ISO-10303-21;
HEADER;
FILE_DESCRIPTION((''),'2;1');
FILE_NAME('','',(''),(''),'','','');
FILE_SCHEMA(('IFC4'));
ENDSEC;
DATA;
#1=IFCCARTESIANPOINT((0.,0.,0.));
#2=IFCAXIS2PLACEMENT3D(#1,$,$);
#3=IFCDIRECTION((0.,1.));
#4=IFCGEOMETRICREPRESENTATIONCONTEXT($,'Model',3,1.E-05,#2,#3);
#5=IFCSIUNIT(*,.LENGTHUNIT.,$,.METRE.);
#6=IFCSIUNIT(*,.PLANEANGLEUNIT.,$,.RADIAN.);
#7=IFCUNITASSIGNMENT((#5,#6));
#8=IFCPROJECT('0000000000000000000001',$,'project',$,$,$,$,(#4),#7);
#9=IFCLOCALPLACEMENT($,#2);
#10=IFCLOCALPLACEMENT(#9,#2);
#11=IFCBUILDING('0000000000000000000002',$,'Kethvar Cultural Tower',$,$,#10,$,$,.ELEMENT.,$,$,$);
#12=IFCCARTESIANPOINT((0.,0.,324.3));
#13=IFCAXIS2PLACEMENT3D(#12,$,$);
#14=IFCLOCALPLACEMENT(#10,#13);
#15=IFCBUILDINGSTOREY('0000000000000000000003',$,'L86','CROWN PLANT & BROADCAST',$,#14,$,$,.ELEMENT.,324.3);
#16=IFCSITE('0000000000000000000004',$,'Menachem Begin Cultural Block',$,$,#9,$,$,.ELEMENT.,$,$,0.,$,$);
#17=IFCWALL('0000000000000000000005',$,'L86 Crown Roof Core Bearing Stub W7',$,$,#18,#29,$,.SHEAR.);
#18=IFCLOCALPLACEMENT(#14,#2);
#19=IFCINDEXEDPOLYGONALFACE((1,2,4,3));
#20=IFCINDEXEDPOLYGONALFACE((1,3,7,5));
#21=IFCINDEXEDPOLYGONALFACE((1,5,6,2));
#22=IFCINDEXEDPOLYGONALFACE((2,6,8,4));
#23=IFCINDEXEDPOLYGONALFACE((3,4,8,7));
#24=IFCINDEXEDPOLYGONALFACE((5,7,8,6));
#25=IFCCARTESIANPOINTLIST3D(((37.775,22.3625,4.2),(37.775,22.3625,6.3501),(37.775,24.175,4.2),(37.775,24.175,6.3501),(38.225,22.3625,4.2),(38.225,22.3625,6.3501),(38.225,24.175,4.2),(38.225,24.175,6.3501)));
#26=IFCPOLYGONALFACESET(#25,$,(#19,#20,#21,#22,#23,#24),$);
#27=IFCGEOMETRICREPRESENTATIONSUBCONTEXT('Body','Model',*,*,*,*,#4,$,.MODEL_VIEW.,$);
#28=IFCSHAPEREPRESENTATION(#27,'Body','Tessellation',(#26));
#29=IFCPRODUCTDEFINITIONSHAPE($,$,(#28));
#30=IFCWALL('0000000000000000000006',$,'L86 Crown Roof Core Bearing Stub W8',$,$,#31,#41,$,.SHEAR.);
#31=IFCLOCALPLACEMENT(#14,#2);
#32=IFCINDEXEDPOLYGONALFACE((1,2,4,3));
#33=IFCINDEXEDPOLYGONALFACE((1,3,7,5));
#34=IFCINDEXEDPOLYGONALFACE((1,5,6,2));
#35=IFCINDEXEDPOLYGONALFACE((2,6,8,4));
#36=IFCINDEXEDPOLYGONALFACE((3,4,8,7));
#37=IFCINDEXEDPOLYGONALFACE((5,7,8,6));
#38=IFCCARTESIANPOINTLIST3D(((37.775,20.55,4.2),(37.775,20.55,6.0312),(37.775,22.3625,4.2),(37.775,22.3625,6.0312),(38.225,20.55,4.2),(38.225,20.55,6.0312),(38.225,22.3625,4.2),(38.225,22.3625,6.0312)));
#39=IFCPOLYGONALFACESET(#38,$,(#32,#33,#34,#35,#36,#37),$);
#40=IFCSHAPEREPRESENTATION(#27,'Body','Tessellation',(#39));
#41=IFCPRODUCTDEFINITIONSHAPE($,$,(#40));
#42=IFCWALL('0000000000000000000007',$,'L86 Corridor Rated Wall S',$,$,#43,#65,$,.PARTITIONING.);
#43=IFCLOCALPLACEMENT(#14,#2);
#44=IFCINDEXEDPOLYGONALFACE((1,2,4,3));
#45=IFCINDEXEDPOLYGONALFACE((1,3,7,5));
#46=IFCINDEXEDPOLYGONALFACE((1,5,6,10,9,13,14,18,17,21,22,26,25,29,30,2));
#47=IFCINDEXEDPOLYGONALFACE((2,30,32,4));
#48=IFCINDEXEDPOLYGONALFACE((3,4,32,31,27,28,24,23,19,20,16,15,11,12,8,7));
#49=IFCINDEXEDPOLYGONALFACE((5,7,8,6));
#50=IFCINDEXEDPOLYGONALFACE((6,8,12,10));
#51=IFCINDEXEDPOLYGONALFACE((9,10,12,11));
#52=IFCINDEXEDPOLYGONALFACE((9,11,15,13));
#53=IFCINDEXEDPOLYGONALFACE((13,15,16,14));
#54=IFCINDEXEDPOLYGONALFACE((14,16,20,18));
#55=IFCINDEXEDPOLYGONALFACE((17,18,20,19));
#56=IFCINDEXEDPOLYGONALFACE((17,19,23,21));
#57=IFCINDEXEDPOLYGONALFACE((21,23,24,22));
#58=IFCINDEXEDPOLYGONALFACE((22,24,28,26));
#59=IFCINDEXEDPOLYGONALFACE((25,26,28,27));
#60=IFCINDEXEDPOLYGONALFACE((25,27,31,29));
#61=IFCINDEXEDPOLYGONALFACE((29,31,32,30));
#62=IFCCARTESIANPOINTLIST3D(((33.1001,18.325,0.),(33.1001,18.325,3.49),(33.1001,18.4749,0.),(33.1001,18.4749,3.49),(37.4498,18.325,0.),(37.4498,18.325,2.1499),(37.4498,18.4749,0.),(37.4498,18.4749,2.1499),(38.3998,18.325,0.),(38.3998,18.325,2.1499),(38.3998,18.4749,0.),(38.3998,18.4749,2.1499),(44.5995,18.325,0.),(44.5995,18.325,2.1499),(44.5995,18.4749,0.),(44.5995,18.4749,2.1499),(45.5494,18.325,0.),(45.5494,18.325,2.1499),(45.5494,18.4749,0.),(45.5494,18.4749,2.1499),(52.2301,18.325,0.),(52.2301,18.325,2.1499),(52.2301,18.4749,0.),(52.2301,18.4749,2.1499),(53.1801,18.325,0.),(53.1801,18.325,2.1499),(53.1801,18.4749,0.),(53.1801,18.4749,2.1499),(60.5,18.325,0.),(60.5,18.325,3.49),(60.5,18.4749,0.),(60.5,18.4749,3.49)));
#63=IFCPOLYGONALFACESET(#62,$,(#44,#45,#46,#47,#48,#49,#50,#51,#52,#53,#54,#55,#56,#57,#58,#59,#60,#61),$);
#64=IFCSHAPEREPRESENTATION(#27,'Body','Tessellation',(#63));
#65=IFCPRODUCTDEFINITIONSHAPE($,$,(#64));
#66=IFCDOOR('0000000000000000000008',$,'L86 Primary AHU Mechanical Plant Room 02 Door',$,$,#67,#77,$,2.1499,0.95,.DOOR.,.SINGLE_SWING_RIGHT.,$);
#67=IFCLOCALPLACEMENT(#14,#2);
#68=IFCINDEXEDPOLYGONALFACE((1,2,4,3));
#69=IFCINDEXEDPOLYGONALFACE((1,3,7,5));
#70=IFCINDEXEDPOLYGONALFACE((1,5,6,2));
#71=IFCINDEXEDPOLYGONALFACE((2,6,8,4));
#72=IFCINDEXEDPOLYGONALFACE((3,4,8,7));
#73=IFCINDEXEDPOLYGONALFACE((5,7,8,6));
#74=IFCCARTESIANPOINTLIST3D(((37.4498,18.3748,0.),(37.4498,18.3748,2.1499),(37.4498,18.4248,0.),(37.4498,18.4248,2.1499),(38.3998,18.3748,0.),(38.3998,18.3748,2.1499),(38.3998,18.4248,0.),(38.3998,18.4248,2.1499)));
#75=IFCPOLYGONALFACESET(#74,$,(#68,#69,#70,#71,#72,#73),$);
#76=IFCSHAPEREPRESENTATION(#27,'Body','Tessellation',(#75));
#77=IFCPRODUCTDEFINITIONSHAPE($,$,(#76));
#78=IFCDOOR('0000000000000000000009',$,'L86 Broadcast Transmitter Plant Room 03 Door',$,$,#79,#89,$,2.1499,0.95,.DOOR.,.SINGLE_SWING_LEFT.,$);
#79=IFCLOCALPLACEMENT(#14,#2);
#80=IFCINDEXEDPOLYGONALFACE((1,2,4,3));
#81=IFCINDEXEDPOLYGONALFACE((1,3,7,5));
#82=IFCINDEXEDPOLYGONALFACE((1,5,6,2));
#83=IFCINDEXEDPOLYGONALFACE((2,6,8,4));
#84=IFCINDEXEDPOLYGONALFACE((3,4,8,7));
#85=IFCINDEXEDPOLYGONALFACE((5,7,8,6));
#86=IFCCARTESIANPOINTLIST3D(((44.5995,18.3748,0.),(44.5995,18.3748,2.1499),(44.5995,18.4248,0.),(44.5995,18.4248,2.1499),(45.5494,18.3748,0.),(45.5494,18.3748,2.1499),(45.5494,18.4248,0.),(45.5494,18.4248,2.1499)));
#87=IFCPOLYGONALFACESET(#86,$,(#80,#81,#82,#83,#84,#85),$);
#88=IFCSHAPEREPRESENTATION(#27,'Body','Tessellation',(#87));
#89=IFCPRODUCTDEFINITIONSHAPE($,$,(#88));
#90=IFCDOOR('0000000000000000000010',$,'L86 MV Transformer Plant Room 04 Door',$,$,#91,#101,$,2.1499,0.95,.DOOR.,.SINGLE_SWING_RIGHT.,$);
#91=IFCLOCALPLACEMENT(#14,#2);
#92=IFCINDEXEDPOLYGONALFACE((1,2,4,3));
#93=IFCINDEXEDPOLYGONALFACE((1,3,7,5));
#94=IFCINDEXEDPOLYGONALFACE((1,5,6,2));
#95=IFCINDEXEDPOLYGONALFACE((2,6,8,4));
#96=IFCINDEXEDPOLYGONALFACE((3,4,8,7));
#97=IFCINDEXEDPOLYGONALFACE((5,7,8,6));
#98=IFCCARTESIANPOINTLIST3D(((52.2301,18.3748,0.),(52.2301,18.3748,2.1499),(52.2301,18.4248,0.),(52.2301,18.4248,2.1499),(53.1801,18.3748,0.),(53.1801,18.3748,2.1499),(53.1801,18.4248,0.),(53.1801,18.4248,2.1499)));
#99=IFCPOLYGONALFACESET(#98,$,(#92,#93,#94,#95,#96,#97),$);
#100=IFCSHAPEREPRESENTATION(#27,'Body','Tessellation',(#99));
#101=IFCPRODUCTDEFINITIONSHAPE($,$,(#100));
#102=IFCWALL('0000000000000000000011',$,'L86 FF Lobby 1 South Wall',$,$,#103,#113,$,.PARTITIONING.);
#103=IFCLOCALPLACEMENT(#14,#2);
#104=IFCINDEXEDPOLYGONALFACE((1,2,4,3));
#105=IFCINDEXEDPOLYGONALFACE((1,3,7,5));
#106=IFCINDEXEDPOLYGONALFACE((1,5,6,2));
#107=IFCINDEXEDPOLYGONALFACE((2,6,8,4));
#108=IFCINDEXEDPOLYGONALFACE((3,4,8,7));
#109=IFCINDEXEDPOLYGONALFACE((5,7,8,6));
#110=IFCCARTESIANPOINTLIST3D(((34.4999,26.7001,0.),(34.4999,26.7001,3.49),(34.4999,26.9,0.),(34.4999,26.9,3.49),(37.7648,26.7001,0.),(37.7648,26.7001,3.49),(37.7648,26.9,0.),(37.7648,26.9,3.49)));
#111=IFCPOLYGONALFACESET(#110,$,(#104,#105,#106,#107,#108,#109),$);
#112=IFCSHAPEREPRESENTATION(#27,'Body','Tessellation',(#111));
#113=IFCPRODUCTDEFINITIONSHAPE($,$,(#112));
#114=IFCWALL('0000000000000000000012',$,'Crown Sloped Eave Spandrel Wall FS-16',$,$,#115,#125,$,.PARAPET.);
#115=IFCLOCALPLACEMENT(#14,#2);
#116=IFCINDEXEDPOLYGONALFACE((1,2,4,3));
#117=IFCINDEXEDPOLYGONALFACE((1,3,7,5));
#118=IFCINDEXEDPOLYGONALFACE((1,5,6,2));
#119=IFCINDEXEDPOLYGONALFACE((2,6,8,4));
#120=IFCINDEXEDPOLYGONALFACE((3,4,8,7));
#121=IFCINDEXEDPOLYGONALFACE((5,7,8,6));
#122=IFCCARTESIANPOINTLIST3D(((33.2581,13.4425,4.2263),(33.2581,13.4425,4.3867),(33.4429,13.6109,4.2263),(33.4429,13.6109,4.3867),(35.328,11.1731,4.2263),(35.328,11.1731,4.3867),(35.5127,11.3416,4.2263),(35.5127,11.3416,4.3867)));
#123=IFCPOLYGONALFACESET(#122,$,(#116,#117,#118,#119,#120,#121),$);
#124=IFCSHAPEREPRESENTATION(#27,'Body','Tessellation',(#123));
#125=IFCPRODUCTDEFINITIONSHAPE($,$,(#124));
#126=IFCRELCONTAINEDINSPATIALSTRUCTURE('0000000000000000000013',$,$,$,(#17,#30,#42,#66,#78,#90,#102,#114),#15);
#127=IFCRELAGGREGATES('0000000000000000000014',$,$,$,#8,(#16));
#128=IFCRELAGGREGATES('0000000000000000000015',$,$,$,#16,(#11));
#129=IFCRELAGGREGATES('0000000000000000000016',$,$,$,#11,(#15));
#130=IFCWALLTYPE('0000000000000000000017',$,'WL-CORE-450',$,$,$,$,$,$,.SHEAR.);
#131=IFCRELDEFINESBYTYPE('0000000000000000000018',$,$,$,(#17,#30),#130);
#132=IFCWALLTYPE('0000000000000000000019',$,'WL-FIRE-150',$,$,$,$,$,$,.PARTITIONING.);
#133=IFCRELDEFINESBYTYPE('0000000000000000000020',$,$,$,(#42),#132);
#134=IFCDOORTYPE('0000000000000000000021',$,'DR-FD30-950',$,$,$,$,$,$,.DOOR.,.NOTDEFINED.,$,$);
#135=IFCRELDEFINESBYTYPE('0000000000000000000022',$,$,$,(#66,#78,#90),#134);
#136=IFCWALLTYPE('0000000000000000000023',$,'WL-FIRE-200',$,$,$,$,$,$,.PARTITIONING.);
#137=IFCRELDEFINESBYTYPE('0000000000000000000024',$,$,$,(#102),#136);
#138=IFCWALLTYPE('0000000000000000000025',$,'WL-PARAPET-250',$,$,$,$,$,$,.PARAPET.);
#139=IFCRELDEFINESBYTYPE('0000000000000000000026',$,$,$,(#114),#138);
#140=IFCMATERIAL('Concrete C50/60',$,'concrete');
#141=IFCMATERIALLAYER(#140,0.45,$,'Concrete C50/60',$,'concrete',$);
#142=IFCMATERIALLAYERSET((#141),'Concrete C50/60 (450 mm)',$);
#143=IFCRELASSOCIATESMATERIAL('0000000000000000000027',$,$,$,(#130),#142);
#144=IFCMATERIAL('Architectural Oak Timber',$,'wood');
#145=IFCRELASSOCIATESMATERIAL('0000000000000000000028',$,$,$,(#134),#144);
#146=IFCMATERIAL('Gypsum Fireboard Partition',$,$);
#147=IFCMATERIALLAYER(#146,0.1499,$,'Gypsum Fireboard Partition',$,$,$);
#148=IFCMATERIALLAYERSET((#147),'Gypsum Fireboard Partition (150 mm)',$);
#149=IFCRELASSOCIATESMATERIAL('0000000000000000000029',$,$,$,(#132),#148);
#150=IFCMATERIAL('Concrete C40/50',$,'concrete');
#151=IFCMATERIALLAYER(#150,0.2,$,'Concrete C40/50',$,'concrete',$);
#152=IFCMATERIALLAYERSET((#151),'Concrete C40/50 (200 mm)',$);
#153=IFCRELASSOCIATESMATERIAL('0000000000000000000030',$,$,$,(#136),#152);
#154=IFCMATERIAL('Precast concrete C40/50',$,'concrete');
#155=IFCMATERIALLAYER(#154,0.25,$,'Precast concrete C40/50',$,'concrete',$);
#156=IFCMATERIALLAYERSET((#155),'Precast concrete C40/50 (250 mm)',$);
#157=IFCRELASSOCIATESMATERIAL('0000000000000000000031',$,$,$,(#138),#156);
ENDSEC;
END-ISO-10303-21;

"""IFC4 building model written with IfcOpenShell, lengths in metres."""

from ifc_helpers import new_model, si_unit, direction, frame, frame_2d, origin, place, context, subcontext, project, spatial, rectangle, extrude, source, transform, mapped, material, layer, layer_set, type_object, element, fill, save


model = new_model("IFC4")

# Units and contexts
model_context = context("Model", 3, precision=1e-05, world=origin(), true_north=direction((0.0, 1.0)))
body_context = subcontext(model_context, "Body", "Model", "MODEL_VIEW")
ifc_project = project(units=[si_unit("LENGTHUNIT", "METRE"), si_unit("PLANEANGLEUNIT", "RADIAN")], contexts=[model_context])

# Site, building, storey
site_placement = place(None, origin())
site = spatial("IfcSite", under=ifc_project, at=site_placement, Name="Menachem Begin Cultural Block", CompositionType="ELEMENT", RefElevation=0.0)
building_placement = place(site_placement, origin())
building = spatial("IfcBuilding", under=site, at=building_placement, Name="Kethvar Cultural Tower", CompositionType="ELEMENT")
storey_placement = place(building_placement, frame((0.0, 0.0, 324.3)))
storey = spatial("IfcBuildingStorey", under=building, at=storey_placement, Name="L86", Description="CROWN PLANT & BROADCAST", CompositionType="ELEMENT", Elevation=324.3)

# Shared definitions
ifc_material_1 = material(Name="Concrete C50/60", Category="concrete")
ifc_layer_1 = layer(ifc_material_1, 0.45, Name="Concrete C50/60", Category="concrete")
ifc_layer_set_1 = layer_set([ifc_layer_1], Name="Concrete C50/60 (450 mm)")
wall_type_1 = type_object("IfcWallType", Name="WL-CORE-450", PredefinedType="SHEAR", material=ifc_layer_set_1)
ifc_material_2 = material(Name="Architectural Oak Timber", Category="wood")
door_type_1 = type_object("IfcDoorType", Name="DR-FD30-950", OperationType="NOTDEFINED", PredefinedType="DOOR", material=ifc_material_2)
shared_shape_1 = source(origin(), body_context, "Body", "SweptSolid", [
    extrude(rectangle(XDim=0.95, YDim=2.1499, at=frame_2d((0.4751, 1.075))), frame((0.0, 0.0249, 0.0), z_axis=(0.0, -1.0, 0.0), x_axis=(1.0, 0.0, 0.0)), (0.0, 0.0, 1.0), 0.05),
])

# Walls
wall_1_placement = place(storey_placement, frame((38.0, 24.175, 4.2), z_axis=(0.0, 0.0, 1.0), x_axis=(0.0, -1.0, 0.0)))
element("IfcWall", 1, at=wall_1_placement, inside=storey, type_object=wall_type_1, Name="L86 Crown Roof Core Bearing Stub W7", PredefinedType="SHEAR", context=body_context, shape_type="SweptSolid", body=[
    extrude(rectangle(XDim=1.8125, YDim=0.45, at=frame_2d((0.9062, 0.0))), origin(), (0.0, 0.0, 1.0), 2.1501),
])
wall_2_placement = place(storey_placement, frame((38.0, 22.3625, 4.2), z_axis=(0.0, 0.0, 1.0), x_axis=(0.0, -1.0, 0.0)))
element("IfcWall", 2, at=wall_2_placement, inside=storey, type_object=wall_type_1, Name="L86 Crown Roof Core Bearing Stub W8", PredefinedType="SHEAR", context=body_context, shape_type="SweptSolid", body=[
    extrude(rectangle(XDim=1.8125, YDim=0.45, at=frame_2d((0.9062, 0.0))), origin(), (0.0, 0.0, 1.0), 1.8313),
])

# Wall, openings, doors
ifc_material_3 = material(Name="Gypsum Fireboard Partition")
ifc_layer_2 = layer(ifc_material_3, 0.1499, Name="Gypsum Fireboard Partition")
ifc_layer_set_2 = layer_set([ifc_layer_2], Name="Gypsum Fireboard Partition (150 mm)")
wall_type_2 = type_object("IfcWallType", Name="WL-FIRE-150", PredefinedType="PARTITIONING", material=ifc_layer_set_2)
wall_3_placement = place(storey_placement, frame((33.1001, 18.3999, 0.0), z_axis=(0.0, 0.0, 1.0), x_axis=(1.0, 0.0, 0.0)))
wall_3 = element("IfcWall", 3, at=wall_3_placement, inside=storey, type_object=wall_type_2, Name="L86 Corridor Rated Wall S", PredefinedType="PARTITIONING", context=body_context, shape_type="SweptSolid", body=[
    extrude(rectangle(XDim=27.3999, YDim=0.1499, at=frame_2d((13.7, 0.0))), origin(), (0.0, 0.0, 1.0), 3.49),
])
opening_1_placement = place(wall_3_placement, frame((4.3496, 0.0, 0.0)))
opening_1 = element("IfcOpeningElement", 4, at=opening_1_placement, cuts=wall_3, PredefinedType="OPENING", context=body_context, shape_type="SweptSolid", body=[
    extrude(rectangle(XDim=0.95, YDim=2.1499, at=frame_2d((0.4751, 1.075))), frame((0.0, 0.085, 0.0), z_axis=(0.0, -1.0, 0.0), x_axis=(1.0, 0.0, 0.0)), (0.0, 0.0, 1.0), 0.1699),
])
opening_2_placement = place(wall_3_placement, frame((11.4993, 0.0, 0.0)))
opening_2 = element("IfcOpeningElement", 5, at=opening_2_placement, cuts=wall_3, PredefinedType="OPENING", context=body_context, shape_type="SweptSolid", body=[
    extrude(rectangle(XDim=0.95, YDim=2.1499, at=frame_2d((0.4751, 1.075))), frame((0.0, 0.085, 0.0), z_axis=(0.0, -1.0, 0.0), x_axis=(1.0, 0.0, 0.0)), (0.0, 0.0, 1.0), 0.1699),
])
opening_3_placement = place(wall_3_placement, frame((19.1299, 0.0, 0.0)))
opening_3 = element("IfcOpeningElement", 6, at=opening_3_placement, cuts=wall_3, PredefinedType="OPENING", context=body_context, shape_type="SweptSolid", body=[
    extrude(rectangle(XDim=0.95, YDim=2.1499, at=frame_2d((0.4751, 1.075))), frame((0.0, 0.085, 0.0), z_axis=(0.0, -1.0, 0.0), x_axis=(1.0, 0.0, 0.0)), (0.0, 0.0, 1.0), 0.1699),
])
door_1_placement = place(opening_1_placement, origin())
door_1 = element("IfcDoor", 7, at=door_1_placement, inside=storey, type_object=door_type_1, Name="L86 Primary AHU Mechanical Plant Room 02 Door", OperationType="SINGLE_SWING_RIGHT", OverallHeight=2.1499, OverallWidth=0.95, PredefinedType="DOOR", context=body_context, shape_type="MappedRepresentation", body=[
    mapped(shared_shape_1, transform((0.0, 0.0, 0.0), scale=1.0)),
])
fill(opening_1, door_1)
door_2_placement = place(opening_2_placement, origin())
door_2 = element("IfcDoor", 8, at=door_2_placement, inside=storey, type_object=door_type_1, Name="L86 Broadcast Transmitter Plant Room 03 Door", OperationType="SINGLE_SWING_LEFT", OverallHeight=2.1499, OverallWidth=0.95, PredefinedType="DOOR", context=body_context, shape_type="MappedRepresentation", body=[
    mapped(shared_shape_1, transform((0.0, 0.0, 0.0), scale=1.0)),
])
fill(opening_2, door_2)
door_3_placement = place(opening_3_placement, origin())
door_3 = element("IfcDoor", 9, at=door_3_placement, inside=storey, type_object=door_type_1, Name="L86 MV Transformer Plant Room 04 Door", OperationType="SINGLE_SWING_RIGHT", OverallHeight=2.1499, OverallWidth=0.95, PredefinedType="DOOR", context=body_context, shape_type="MappedRepresentation", body=[
    mapped(shared_shape_1, transform((0.0, 0.0, 0.0), scale=1.0)),
])
fill(opening_3, door_3)

# Walls
ifc_material_4 = material(Name="Concrete C40/50", Category="concrete")
ifc_layer_3 = layer(ifc_material_4, 0.2, Name="Concrete C40/50", Category="concrete")
ifc_layer_set_3 = layer_set([ifc_layer_3], Name="Concrete C40/50 (200 mm)")
wall_type_3 = type_object("IfcWallType", Name="WL-FIRE-200", PredefinedType="PARTITIONING", material=ifc_layer_set_3)
wall_4_placement = place(storey_placement, frame((34.5, 26.8, 0.0), z_axis=(0.0, 0.0, 1.0), x_axis=(1.0, 0.0, 0.0)))
element("IfcWall", 10, at=wall_4_placement, inside=storey, type_object=wall_type_3, Name="L86 FF Lobby 1 South Wall", PredefinedType="PARTITIONING", context=body_context, shape_type="SweptSolid", body=[
    extrude(rectangle(XDim=3.2649, YDim=0.2, at=frame_2d((1.6323, 0.0))), origin(), (0.0, 0.0, 1.0), 3.49),
])
ifc_material_5 = material(Name="Precast concrete C40/50", Category="concrete")
ifc_layer_4 = layer(ifc_material_5, 0.25, Name="Precast concrete C40/50", Category="concrete")
ifc_layer_set_4 = layer_set([ifc_layer_4], Name="Precast concrete C40/50 (250 mm)")
wall_type_4 = type_object("IfcWallType", Name="WL-PARAPET-250", PredefinedType="PARAPET", material=ifc_layer_set_4)
wall_5_placement = place(storey_placement, frame((33.3506, 13.5266, 4.2263), z_axis=(0.0, 0.0, 1.0), x_axis=(0.67389, -0.738831, 0.0)))
element("IfcWall", 11, at=wall_5_placement, inside=storey, type_object=wall_type_4, Name="Crown Sloped Eave Spandrel Wall FS-16", PredefinedType="PARAPET", context=body_context, shape_type="SweptSolid", body=[
    extrude(rectangle(XDim=3.0715, YDim=0.25, at=frame_2d((1.5356, 0.0))), origin(), (0.0, 0.0, 1.0), 0.1604),
])

save(model, "model.ifc")
